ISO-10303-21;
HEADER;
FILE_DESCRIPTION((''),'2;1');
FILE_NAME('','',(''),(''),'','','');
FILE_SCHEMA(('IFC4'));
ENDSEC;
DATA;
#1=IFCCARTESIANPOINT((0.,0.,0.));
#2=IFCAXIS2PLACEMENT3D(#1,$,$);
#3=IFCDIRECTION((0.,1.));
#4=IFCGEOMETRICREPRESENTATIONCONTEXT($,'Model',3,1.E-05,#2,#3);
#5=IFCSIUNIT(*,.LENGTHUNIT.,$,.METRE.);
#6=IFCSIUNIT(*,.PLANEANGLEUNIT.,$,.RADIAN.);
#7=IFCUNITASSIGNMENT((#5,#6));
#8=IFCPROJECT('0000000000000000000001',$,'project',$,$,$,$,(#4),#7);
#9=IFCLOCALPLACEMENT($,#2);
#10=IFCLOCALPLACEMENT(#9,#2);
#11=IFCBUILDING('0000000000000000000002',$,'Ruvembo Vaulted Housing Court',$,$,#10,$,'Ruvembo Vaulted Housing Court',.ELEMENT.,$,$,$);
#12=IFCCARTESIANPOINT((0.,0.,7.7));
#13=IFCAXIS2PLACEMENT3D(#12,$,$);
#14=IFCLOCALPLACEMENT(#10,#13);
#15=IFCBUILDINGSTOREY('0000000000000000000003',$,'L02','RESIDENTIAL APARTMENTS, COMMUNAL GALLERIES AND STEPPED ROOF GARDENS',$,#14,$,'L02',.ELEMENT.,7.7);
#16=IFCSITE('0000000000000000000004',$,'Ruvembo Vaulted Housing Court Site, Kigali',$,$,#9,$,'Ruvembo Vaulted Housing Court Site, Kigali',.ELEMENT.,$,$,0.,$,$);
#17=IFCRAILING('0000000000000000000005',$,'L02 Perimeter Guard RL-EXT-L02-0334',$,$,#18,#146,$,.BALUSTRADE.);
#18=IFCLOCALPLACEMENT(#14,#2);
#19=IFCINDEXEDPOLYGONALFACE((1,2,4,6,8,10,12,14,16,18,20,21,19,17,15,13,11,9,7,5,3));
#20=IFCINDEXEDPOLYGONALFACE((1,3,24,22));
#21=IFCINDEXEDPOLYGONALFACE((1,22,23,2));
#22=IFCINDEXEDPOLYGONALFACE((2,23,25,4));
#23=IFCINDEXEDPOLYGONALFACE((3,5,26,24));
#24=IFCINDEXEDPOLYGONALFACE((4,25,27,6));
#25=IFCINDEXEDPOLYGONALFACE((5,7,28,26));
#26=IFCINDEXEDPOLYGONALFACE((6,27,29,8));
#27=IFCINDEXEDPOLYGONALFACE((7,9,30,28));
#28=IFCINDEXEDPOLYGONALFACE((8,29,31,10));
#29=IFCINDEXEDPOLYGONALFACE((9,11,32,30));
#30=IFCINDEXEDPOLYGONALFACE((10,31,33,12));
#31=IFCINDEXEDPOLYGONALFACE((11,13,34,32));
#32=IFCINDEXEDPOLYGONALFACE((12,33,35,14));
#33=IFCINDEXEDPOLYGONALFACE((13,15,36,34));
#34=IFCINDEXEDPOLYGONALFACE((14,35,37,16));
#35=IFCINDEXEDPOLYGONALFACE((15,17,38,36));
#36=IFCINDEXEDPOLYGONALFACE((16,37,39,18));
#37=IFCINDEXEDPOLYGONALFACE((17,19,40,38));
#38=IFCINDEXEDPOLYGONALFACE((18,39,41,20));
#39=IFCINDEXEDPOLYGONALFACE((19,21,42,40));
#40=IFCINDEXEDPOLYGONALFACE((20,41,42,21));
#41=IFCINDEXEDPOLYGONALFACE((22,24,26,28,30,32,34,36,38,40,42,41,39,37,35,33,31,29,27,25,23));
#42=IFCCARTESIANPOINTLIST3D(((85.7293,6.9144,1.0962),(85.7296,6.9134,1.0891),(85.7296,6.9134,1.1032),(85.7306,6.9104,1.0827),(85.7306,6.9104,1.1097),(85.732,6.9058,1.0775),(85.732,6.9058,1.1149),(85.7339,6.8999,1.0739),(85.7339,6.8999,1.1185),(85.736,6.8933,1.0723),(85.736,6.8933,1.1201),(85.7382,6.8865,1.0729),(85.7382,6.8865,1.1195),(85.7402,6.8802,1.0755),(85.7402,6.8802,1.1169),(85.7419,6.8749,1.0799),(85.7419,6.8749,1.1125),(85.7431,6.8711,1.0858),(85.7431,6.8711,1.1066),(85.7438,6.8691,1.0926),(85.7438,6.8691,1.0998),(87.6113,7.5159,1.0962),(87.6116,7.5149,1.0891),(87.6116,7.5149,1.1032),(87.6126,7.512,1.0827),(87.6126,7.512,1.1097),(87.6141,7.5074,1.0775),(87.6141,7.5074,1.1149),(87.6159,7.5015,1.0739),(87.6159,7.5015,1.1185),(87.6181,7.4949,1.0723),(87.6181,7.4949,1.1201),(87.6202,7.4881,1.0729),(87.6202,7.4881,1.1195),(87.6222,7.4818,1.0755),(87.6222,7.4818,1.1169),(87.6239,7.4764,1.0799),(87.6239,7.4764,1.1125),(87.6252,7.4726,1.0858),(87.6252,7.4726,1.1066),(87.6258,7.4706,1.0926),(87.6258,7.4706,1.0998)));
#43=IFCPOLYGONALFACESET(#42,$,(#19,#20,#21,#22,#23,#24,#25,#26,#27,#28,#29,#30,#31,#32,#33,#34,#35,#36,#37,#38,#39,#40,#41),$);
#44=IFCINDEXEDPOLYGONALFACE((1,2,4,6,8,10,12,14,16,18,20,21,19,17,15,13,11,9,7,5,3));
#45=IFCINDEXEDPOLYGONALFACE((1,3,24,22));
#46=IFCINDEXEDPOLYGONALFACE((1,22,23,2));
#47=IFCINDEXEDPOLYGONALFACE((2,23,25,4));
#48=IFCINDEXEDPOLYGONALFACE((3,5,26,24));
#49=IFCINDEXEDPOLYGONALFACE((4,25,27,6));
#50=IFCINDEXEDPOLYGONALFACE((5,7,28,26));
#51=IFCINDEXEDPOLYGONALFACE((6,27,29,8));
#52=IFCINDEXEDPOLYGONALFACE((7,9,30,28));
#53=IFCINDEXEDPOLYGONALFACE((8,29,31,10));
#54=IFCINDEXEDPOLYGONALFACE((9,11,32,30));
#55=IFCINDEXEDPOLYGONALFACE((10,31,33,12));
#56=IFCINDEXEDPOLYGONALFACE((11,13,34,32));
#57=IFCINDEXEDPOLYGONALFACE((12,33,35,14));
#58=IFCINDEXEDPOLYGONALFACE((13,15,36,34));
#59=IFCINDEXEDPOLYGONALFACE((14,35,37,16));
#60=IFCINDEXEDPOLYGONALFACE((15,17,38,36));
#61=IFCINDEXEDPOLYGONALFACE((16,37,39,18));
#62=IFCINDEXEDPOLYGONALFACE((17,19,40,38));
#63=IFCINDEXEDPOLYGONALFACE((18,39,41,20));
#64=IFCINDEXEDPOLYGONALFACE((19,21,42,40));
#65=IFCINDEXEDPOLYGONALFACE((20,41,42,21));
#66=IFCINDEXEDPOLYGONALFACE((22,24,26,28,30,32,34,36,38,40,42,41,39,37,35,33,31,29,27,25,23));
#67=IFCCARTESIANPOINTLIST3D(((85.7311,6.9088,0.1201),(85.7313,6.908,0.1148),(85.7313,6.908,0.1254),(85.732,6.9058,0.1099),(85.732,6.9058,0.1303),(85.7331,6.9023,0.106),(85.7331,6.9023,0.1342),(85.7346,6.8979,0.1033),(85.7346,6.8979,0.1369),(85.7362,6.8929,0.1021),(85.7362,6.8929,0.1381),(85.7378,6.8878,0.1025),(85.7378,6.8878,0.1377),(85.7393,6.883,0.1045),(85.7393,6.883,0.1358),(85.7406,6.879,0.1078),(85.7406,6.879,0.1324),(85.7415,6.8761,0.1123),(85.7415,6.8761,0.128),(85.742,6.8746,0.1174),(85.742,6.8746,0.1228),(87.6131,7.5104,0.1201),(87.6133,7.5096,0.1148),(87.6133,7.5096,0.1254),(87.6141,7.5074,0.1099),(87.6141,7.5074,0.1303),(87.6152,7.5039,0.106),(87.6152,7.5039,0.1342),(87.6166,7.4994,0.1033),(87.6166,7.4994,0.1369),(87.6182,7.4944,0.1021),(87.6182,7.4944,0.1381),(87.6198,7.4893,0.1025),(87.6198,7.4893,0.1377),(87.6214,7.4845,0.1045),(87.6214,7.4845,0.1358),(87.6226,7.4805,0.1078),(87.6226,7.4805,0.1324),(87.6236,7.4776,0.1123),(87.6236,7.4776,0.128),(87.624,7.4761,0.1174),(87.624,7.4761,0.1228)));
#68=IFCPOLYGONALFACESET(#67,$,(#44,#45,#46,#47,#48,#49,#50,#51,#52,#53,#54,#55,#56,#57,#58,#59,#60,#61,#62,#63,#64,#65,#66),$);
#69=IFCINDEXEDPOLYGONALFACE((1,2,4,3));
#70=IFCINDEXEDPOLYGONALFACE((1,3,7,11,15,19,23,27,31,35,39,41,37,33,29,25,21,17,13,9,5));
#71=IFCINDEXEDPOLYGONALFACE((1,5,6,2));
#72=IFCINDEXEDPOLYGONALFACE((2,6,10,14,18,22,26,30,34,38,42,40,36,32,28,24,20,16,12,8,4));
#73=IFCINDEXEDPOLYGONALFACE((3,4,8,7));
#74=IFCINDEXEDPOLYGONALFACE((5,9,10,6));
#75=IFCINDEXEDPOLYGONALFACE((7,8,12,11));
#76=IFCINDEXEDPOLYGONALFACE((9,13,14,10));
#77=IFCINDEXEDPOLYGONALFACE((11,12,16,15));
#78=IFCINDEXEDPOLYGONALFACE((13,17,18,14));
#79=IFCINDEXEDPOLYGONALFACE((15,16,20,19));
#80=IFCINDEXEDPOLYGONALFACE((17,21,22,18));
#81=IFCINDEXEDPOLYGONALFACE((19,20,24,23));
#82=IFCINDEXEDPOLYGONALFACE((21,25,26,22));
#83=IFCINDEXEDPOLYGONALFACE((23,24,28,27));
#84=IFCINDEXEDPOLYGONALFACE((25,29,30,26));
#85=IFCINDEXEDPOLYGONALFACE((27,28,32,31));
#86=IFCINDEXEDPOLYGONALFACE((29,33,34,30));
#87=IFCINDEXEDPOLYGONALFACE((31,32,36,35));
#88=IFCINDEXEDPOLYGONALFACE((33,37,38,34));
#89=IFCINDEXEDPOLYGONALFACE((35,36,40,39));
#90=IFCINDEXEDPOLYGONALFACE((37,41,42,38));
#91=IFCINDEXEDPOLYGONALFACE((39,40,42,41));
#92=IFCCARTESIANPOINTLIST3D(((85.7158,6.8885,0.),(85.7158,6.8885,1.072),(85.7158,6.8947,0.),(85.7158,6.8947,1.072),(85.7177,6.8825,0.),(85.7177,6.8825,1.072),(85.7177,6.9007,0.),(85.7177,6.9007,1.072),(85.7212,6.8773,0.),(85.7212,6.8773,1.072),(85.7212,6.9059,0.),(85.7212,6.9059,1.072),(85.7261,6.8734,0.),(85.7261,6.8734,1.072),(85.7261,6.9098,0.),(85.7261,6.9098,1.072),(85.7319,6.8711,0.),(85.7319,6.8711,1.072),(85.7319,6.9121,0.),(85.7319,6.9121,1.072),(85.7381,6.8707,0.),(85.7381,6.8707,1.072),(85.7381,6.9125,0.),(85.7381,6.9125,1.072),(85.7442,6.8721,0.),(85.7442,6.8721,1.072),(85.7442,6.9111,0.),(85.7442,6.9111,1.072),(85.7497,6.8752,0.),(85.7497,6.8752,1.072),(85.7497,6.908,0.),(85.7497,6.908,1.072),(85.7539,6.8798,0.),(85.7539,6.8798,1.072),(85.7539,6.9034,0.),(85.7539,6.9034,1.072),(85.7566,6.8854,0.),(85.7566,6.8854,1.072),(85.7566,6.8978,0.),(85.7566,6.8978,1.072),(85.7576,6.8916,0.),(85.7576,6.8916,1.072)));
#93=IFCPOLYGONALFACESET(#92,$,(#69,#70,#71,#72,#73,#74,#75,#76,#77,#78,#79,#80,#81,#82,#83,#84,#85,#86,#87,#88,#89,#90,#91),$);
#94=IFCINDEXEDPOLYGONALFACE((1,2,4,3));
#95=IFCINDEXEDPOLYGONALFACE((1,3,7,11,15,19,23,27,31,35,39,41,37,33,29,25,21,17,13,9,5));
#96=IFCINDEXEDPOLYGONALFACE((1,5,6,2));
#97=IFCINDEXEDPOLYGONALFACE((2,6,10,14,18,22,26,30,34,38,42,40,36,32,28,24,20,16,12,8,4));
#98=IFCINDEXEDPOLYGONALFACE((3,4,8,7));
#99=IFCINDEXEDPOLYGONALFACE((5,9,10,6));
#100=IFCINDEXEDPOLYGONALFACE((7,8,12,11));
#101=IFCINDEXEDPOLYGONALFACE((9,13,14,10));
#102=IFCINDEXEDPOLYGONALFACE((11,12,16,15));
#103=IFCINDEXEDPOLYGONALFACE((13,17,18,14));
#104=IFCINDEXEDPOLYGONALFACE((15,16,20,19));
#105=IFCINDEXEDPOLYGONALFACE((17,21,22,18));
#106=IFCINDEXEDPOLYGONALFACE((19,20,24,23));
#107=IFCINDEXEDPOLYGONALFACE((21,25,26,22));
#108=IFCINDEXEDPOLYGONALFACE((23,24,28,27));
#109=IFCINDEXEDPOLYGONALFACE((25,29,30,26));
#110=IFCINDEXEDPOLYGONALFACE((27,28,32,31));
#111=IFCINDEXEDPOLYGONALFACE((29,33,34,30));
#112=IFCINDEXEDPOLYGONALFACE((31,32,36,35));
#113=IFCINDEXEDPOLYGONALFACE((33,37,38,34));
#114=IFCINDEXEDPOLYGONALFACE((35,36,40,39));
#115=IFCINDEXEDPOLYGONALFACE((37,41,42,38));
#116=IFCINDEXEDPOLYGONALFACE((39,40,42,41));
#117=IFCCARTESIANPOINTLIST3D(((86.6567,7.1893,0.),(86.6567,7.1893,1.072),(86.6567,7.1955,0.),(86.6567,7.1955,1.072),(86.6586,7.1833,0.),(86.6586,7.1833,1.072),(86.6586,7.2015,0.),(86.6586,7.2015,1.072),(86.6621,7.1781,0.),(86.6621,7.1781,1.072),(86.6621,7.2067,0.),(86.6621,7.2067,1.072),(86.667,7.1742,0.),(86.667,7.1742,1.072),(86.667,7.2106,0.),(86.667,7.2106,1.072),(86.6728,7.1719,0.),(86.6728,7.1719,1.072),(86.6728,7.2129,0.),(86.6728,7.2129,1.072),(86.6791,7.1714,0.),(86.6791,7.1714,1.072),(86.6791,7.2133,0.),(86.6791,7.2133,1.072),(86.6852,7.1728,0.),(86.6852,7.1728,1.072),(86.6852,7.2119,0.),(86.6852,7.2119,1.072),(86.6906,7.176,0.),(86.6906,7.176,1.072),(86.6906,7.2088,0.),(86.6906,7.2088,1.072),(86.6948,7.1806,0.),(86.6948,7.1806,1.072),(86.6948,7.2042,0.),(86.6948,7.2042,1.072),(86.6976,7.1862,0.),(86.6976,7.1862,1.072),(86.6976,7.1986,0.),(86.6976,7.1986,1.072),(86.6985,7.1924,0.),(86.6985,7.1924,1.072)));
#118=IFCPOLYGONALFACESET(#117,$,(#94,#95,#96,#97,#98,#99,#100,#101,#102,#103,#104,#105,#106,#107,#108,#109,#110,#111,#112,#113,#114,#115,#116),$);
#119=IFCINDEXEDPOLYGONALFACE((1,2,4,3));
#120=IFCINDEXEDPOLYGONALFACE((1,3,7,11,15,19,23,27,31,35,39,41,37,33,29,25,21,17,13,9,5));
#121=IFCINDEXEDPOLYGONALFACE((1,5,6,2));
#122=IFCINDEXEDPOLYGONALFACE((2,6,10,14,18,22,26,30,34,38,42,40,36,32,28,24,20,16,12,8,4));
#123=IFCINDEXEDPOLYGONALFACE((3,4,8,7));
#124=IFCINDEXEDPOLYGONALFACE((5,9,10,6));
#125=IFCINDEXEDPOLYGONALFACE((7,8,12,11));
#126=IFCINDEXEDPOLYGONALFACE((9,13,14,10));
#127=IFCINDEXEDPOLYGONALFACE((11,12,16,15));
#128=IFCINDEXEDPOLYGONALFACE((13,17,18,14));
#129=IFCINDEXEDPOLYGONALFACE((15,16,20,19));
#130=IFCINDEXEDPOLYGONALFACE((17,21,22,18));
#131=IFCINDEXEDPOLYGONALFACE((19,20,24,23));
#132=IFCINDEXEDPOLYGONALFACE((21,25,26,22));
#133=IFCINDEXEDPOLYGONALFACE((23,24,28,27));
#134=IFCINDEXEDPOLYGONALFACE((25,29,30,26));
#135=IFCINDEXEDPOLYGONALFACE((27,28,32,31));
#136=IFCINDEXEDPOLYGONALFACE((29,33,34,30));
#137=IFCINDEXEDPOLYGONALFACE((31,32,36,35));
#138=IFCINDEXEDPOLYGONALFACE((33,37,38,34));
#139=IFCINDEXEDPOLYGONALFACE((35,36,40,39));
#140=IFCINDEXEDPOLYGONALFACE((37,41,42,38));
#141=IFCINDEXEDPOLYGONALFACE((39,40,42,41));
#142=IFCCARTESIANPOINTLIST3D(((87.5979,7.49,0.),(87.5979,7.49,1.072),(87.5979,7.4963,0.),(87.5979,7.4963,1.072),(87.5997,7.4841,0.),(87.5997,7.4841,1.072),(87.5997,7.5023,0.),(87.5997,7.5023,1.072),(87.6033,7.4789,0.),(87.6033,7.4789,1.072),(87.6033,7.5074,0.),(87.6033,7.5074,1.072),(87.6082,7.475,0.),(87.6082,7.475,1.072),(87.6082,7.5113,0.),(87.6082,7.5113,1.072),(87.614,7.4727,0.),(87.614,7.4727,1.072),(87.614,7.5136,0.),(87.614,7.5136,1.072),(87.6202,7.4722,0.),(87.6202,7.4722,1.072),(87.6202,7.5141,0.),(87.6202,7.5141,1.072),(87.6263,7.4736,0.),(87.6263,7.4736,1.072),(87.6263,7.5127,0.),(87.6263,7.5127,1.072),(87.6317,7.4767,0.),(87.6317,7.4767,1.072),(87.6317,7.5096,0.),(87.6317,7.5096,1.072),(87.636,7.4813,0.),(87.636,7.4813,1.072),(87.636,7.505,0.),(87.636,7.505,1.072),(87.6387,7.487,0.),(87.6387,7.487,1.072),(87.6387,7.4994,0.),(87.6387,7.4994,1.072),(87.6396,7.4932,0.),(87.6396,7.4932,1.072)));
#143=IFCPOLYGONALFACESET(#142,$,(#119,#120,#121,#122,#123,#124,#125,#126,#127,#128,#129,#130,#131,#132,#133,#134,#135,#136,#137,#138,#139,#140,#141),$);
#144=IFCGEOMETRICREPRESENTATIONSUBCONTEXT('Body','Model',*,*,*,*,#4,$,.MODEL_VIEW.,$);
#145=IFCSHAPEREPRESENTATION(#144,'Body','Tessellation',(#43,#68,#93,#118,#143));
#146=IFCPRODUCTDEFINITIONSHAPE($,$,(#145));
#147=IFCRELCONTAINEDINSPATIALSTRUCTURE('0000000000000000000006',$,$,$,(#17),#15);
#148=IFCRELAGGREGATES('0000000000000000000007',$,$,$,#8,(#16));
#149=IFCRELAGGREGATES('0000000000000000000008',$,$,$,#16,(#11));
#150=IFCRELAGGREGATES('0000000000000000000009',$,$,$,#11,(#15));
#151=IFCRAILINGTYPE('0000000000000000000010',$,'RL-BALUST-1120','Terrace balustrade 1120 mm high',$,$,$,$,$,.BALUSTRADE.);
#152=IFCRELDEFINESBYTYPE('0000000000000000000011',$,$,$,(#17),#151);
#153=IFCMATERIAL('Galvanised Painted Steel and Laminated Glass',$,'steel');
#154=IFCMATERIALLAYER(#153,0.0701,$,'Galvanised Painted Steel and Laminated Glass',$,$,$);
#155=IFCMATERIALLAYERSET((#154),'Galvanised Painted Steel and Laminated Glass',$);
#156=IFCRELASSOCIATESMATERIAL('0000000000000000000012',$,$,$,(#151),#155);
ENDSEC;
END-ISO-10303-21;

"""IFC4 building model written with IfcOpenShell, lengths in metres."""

from ifc_helpers import new_model, si_unit, direction, frame, origin, origin_2d, place, context, subcontext, project, spatial, circle, extrude, material, layer, layer_set, type_object, element, save


model = new_model("IFC4")

# Units and contexts
model_context = context("Model", 3, precision=1e-05, world=origin(), true_north=direction((0.0, 1.0)))
body_context = subcontext(model_context, "Body", "Model", "MODEL_VIEW")
ifc_project = project(units=[si_unit("LENGTHUNIT", "METRE"), si_unit("PLANEANGLEUNIT", "RADIAN")], contexts=[model_context])

# Site, building, storey
site_placement = place(None, origin())
site = spatial("IfcSite", under=ifc_project, at=site_placement, Name="Ruvembo Vaulted Housing Court Site, Kigali", LongName="Ruvembo Vaulted Housing Court Site, Kigali", CompositionType="ELEMENT", RefElevation=0.0)
building_placement = place(site_placement, origin())
building = spatial("IfcBuilding", under=site, at=building_placement, Name="Ruvembo Vaulted Housing Court", LongName="Ruvembo Vaulted Housing Court", CompositionType="ELEMENT")
storey_placement = place(building_placement, frame((0.0, 0.0, 7.7)))
storey = spatial("IfcBuildingStorey", under=building, at=storey_placement, Name="L02", Description="RESIDENTIAL APARTMENTS, COMMUNAL GALLERIES AND STEPPED ROOF GARDENS", LongName="L02", CompositionType="ELEMENT", Elevation=7.7)

# Railing
ifc_material_1 = material(Name="Galvanised Painted Steel and Laminated Glass", Category="steel")
ifc_layer_1 = layer(ifc_material_1, 0.0701, Name="Galvanised Painted Steel and Laminated Glass")
ifc_layer_set_1 = layer_set([ifc_layer_1], Name="Galvanised Painted Steel and Laminated Glass")
railing_type = type_object("IfcRailingType", Name="RL-BALUST-1120", Description="Terrace balustrade 1120 mm high", PredefinedType="BALUSTRADE", material=ifc_layer_set_1)
railing_placement = place(storey_placement, frame((85.7366, 6.8916, 0.0)))
element("IfcRailing", 1, at=railing_placement, inside=storey, type_object=railing_type, Name="L02 Perimeter Guard RL-EXT-L02-0334", PredefinedType="BALUSTRADE", context=body_context, shape_type="SweptSolid", body=[
    extrude(circle(Radius=0.0239, at=origin_2d()), frame((0.0, 0.0, 1.0962), z_axis=(0.952527, 0.304453, 0.0), x_axis=(-0.304453, 0.952527, 0.0)), (0.0, 0.0, 1.0), 1.9758),
    extrude(circle(Radius=0.0181, at=origin_2d()), frame((0.0, 0.0, 0.1201), z_axis=(0.952527, 0.304453, 0.0), x_axis=(-0.304453, 0.952527, 0.0)), (0.0, 0.0, 1.0), 1.9758),
    extrude(circle(Radius=0.021, at=origin_2d()), origin(), (0.0, 0.0, 1.0), 1.072),
    extrude(circle(Radius=0.021, at=origin_2d()), frame((0.9409, 0.3008, 0.0)), (0.0, 0.0, 1.0), 1.072),
    extrude(circle(Radius=0.021, at=origin_2d()), frame((1.8821, 0.6016, 0.0)), (0.0, 0.0, 1.0), 1.072),
])

save(model, "model.ifc")
